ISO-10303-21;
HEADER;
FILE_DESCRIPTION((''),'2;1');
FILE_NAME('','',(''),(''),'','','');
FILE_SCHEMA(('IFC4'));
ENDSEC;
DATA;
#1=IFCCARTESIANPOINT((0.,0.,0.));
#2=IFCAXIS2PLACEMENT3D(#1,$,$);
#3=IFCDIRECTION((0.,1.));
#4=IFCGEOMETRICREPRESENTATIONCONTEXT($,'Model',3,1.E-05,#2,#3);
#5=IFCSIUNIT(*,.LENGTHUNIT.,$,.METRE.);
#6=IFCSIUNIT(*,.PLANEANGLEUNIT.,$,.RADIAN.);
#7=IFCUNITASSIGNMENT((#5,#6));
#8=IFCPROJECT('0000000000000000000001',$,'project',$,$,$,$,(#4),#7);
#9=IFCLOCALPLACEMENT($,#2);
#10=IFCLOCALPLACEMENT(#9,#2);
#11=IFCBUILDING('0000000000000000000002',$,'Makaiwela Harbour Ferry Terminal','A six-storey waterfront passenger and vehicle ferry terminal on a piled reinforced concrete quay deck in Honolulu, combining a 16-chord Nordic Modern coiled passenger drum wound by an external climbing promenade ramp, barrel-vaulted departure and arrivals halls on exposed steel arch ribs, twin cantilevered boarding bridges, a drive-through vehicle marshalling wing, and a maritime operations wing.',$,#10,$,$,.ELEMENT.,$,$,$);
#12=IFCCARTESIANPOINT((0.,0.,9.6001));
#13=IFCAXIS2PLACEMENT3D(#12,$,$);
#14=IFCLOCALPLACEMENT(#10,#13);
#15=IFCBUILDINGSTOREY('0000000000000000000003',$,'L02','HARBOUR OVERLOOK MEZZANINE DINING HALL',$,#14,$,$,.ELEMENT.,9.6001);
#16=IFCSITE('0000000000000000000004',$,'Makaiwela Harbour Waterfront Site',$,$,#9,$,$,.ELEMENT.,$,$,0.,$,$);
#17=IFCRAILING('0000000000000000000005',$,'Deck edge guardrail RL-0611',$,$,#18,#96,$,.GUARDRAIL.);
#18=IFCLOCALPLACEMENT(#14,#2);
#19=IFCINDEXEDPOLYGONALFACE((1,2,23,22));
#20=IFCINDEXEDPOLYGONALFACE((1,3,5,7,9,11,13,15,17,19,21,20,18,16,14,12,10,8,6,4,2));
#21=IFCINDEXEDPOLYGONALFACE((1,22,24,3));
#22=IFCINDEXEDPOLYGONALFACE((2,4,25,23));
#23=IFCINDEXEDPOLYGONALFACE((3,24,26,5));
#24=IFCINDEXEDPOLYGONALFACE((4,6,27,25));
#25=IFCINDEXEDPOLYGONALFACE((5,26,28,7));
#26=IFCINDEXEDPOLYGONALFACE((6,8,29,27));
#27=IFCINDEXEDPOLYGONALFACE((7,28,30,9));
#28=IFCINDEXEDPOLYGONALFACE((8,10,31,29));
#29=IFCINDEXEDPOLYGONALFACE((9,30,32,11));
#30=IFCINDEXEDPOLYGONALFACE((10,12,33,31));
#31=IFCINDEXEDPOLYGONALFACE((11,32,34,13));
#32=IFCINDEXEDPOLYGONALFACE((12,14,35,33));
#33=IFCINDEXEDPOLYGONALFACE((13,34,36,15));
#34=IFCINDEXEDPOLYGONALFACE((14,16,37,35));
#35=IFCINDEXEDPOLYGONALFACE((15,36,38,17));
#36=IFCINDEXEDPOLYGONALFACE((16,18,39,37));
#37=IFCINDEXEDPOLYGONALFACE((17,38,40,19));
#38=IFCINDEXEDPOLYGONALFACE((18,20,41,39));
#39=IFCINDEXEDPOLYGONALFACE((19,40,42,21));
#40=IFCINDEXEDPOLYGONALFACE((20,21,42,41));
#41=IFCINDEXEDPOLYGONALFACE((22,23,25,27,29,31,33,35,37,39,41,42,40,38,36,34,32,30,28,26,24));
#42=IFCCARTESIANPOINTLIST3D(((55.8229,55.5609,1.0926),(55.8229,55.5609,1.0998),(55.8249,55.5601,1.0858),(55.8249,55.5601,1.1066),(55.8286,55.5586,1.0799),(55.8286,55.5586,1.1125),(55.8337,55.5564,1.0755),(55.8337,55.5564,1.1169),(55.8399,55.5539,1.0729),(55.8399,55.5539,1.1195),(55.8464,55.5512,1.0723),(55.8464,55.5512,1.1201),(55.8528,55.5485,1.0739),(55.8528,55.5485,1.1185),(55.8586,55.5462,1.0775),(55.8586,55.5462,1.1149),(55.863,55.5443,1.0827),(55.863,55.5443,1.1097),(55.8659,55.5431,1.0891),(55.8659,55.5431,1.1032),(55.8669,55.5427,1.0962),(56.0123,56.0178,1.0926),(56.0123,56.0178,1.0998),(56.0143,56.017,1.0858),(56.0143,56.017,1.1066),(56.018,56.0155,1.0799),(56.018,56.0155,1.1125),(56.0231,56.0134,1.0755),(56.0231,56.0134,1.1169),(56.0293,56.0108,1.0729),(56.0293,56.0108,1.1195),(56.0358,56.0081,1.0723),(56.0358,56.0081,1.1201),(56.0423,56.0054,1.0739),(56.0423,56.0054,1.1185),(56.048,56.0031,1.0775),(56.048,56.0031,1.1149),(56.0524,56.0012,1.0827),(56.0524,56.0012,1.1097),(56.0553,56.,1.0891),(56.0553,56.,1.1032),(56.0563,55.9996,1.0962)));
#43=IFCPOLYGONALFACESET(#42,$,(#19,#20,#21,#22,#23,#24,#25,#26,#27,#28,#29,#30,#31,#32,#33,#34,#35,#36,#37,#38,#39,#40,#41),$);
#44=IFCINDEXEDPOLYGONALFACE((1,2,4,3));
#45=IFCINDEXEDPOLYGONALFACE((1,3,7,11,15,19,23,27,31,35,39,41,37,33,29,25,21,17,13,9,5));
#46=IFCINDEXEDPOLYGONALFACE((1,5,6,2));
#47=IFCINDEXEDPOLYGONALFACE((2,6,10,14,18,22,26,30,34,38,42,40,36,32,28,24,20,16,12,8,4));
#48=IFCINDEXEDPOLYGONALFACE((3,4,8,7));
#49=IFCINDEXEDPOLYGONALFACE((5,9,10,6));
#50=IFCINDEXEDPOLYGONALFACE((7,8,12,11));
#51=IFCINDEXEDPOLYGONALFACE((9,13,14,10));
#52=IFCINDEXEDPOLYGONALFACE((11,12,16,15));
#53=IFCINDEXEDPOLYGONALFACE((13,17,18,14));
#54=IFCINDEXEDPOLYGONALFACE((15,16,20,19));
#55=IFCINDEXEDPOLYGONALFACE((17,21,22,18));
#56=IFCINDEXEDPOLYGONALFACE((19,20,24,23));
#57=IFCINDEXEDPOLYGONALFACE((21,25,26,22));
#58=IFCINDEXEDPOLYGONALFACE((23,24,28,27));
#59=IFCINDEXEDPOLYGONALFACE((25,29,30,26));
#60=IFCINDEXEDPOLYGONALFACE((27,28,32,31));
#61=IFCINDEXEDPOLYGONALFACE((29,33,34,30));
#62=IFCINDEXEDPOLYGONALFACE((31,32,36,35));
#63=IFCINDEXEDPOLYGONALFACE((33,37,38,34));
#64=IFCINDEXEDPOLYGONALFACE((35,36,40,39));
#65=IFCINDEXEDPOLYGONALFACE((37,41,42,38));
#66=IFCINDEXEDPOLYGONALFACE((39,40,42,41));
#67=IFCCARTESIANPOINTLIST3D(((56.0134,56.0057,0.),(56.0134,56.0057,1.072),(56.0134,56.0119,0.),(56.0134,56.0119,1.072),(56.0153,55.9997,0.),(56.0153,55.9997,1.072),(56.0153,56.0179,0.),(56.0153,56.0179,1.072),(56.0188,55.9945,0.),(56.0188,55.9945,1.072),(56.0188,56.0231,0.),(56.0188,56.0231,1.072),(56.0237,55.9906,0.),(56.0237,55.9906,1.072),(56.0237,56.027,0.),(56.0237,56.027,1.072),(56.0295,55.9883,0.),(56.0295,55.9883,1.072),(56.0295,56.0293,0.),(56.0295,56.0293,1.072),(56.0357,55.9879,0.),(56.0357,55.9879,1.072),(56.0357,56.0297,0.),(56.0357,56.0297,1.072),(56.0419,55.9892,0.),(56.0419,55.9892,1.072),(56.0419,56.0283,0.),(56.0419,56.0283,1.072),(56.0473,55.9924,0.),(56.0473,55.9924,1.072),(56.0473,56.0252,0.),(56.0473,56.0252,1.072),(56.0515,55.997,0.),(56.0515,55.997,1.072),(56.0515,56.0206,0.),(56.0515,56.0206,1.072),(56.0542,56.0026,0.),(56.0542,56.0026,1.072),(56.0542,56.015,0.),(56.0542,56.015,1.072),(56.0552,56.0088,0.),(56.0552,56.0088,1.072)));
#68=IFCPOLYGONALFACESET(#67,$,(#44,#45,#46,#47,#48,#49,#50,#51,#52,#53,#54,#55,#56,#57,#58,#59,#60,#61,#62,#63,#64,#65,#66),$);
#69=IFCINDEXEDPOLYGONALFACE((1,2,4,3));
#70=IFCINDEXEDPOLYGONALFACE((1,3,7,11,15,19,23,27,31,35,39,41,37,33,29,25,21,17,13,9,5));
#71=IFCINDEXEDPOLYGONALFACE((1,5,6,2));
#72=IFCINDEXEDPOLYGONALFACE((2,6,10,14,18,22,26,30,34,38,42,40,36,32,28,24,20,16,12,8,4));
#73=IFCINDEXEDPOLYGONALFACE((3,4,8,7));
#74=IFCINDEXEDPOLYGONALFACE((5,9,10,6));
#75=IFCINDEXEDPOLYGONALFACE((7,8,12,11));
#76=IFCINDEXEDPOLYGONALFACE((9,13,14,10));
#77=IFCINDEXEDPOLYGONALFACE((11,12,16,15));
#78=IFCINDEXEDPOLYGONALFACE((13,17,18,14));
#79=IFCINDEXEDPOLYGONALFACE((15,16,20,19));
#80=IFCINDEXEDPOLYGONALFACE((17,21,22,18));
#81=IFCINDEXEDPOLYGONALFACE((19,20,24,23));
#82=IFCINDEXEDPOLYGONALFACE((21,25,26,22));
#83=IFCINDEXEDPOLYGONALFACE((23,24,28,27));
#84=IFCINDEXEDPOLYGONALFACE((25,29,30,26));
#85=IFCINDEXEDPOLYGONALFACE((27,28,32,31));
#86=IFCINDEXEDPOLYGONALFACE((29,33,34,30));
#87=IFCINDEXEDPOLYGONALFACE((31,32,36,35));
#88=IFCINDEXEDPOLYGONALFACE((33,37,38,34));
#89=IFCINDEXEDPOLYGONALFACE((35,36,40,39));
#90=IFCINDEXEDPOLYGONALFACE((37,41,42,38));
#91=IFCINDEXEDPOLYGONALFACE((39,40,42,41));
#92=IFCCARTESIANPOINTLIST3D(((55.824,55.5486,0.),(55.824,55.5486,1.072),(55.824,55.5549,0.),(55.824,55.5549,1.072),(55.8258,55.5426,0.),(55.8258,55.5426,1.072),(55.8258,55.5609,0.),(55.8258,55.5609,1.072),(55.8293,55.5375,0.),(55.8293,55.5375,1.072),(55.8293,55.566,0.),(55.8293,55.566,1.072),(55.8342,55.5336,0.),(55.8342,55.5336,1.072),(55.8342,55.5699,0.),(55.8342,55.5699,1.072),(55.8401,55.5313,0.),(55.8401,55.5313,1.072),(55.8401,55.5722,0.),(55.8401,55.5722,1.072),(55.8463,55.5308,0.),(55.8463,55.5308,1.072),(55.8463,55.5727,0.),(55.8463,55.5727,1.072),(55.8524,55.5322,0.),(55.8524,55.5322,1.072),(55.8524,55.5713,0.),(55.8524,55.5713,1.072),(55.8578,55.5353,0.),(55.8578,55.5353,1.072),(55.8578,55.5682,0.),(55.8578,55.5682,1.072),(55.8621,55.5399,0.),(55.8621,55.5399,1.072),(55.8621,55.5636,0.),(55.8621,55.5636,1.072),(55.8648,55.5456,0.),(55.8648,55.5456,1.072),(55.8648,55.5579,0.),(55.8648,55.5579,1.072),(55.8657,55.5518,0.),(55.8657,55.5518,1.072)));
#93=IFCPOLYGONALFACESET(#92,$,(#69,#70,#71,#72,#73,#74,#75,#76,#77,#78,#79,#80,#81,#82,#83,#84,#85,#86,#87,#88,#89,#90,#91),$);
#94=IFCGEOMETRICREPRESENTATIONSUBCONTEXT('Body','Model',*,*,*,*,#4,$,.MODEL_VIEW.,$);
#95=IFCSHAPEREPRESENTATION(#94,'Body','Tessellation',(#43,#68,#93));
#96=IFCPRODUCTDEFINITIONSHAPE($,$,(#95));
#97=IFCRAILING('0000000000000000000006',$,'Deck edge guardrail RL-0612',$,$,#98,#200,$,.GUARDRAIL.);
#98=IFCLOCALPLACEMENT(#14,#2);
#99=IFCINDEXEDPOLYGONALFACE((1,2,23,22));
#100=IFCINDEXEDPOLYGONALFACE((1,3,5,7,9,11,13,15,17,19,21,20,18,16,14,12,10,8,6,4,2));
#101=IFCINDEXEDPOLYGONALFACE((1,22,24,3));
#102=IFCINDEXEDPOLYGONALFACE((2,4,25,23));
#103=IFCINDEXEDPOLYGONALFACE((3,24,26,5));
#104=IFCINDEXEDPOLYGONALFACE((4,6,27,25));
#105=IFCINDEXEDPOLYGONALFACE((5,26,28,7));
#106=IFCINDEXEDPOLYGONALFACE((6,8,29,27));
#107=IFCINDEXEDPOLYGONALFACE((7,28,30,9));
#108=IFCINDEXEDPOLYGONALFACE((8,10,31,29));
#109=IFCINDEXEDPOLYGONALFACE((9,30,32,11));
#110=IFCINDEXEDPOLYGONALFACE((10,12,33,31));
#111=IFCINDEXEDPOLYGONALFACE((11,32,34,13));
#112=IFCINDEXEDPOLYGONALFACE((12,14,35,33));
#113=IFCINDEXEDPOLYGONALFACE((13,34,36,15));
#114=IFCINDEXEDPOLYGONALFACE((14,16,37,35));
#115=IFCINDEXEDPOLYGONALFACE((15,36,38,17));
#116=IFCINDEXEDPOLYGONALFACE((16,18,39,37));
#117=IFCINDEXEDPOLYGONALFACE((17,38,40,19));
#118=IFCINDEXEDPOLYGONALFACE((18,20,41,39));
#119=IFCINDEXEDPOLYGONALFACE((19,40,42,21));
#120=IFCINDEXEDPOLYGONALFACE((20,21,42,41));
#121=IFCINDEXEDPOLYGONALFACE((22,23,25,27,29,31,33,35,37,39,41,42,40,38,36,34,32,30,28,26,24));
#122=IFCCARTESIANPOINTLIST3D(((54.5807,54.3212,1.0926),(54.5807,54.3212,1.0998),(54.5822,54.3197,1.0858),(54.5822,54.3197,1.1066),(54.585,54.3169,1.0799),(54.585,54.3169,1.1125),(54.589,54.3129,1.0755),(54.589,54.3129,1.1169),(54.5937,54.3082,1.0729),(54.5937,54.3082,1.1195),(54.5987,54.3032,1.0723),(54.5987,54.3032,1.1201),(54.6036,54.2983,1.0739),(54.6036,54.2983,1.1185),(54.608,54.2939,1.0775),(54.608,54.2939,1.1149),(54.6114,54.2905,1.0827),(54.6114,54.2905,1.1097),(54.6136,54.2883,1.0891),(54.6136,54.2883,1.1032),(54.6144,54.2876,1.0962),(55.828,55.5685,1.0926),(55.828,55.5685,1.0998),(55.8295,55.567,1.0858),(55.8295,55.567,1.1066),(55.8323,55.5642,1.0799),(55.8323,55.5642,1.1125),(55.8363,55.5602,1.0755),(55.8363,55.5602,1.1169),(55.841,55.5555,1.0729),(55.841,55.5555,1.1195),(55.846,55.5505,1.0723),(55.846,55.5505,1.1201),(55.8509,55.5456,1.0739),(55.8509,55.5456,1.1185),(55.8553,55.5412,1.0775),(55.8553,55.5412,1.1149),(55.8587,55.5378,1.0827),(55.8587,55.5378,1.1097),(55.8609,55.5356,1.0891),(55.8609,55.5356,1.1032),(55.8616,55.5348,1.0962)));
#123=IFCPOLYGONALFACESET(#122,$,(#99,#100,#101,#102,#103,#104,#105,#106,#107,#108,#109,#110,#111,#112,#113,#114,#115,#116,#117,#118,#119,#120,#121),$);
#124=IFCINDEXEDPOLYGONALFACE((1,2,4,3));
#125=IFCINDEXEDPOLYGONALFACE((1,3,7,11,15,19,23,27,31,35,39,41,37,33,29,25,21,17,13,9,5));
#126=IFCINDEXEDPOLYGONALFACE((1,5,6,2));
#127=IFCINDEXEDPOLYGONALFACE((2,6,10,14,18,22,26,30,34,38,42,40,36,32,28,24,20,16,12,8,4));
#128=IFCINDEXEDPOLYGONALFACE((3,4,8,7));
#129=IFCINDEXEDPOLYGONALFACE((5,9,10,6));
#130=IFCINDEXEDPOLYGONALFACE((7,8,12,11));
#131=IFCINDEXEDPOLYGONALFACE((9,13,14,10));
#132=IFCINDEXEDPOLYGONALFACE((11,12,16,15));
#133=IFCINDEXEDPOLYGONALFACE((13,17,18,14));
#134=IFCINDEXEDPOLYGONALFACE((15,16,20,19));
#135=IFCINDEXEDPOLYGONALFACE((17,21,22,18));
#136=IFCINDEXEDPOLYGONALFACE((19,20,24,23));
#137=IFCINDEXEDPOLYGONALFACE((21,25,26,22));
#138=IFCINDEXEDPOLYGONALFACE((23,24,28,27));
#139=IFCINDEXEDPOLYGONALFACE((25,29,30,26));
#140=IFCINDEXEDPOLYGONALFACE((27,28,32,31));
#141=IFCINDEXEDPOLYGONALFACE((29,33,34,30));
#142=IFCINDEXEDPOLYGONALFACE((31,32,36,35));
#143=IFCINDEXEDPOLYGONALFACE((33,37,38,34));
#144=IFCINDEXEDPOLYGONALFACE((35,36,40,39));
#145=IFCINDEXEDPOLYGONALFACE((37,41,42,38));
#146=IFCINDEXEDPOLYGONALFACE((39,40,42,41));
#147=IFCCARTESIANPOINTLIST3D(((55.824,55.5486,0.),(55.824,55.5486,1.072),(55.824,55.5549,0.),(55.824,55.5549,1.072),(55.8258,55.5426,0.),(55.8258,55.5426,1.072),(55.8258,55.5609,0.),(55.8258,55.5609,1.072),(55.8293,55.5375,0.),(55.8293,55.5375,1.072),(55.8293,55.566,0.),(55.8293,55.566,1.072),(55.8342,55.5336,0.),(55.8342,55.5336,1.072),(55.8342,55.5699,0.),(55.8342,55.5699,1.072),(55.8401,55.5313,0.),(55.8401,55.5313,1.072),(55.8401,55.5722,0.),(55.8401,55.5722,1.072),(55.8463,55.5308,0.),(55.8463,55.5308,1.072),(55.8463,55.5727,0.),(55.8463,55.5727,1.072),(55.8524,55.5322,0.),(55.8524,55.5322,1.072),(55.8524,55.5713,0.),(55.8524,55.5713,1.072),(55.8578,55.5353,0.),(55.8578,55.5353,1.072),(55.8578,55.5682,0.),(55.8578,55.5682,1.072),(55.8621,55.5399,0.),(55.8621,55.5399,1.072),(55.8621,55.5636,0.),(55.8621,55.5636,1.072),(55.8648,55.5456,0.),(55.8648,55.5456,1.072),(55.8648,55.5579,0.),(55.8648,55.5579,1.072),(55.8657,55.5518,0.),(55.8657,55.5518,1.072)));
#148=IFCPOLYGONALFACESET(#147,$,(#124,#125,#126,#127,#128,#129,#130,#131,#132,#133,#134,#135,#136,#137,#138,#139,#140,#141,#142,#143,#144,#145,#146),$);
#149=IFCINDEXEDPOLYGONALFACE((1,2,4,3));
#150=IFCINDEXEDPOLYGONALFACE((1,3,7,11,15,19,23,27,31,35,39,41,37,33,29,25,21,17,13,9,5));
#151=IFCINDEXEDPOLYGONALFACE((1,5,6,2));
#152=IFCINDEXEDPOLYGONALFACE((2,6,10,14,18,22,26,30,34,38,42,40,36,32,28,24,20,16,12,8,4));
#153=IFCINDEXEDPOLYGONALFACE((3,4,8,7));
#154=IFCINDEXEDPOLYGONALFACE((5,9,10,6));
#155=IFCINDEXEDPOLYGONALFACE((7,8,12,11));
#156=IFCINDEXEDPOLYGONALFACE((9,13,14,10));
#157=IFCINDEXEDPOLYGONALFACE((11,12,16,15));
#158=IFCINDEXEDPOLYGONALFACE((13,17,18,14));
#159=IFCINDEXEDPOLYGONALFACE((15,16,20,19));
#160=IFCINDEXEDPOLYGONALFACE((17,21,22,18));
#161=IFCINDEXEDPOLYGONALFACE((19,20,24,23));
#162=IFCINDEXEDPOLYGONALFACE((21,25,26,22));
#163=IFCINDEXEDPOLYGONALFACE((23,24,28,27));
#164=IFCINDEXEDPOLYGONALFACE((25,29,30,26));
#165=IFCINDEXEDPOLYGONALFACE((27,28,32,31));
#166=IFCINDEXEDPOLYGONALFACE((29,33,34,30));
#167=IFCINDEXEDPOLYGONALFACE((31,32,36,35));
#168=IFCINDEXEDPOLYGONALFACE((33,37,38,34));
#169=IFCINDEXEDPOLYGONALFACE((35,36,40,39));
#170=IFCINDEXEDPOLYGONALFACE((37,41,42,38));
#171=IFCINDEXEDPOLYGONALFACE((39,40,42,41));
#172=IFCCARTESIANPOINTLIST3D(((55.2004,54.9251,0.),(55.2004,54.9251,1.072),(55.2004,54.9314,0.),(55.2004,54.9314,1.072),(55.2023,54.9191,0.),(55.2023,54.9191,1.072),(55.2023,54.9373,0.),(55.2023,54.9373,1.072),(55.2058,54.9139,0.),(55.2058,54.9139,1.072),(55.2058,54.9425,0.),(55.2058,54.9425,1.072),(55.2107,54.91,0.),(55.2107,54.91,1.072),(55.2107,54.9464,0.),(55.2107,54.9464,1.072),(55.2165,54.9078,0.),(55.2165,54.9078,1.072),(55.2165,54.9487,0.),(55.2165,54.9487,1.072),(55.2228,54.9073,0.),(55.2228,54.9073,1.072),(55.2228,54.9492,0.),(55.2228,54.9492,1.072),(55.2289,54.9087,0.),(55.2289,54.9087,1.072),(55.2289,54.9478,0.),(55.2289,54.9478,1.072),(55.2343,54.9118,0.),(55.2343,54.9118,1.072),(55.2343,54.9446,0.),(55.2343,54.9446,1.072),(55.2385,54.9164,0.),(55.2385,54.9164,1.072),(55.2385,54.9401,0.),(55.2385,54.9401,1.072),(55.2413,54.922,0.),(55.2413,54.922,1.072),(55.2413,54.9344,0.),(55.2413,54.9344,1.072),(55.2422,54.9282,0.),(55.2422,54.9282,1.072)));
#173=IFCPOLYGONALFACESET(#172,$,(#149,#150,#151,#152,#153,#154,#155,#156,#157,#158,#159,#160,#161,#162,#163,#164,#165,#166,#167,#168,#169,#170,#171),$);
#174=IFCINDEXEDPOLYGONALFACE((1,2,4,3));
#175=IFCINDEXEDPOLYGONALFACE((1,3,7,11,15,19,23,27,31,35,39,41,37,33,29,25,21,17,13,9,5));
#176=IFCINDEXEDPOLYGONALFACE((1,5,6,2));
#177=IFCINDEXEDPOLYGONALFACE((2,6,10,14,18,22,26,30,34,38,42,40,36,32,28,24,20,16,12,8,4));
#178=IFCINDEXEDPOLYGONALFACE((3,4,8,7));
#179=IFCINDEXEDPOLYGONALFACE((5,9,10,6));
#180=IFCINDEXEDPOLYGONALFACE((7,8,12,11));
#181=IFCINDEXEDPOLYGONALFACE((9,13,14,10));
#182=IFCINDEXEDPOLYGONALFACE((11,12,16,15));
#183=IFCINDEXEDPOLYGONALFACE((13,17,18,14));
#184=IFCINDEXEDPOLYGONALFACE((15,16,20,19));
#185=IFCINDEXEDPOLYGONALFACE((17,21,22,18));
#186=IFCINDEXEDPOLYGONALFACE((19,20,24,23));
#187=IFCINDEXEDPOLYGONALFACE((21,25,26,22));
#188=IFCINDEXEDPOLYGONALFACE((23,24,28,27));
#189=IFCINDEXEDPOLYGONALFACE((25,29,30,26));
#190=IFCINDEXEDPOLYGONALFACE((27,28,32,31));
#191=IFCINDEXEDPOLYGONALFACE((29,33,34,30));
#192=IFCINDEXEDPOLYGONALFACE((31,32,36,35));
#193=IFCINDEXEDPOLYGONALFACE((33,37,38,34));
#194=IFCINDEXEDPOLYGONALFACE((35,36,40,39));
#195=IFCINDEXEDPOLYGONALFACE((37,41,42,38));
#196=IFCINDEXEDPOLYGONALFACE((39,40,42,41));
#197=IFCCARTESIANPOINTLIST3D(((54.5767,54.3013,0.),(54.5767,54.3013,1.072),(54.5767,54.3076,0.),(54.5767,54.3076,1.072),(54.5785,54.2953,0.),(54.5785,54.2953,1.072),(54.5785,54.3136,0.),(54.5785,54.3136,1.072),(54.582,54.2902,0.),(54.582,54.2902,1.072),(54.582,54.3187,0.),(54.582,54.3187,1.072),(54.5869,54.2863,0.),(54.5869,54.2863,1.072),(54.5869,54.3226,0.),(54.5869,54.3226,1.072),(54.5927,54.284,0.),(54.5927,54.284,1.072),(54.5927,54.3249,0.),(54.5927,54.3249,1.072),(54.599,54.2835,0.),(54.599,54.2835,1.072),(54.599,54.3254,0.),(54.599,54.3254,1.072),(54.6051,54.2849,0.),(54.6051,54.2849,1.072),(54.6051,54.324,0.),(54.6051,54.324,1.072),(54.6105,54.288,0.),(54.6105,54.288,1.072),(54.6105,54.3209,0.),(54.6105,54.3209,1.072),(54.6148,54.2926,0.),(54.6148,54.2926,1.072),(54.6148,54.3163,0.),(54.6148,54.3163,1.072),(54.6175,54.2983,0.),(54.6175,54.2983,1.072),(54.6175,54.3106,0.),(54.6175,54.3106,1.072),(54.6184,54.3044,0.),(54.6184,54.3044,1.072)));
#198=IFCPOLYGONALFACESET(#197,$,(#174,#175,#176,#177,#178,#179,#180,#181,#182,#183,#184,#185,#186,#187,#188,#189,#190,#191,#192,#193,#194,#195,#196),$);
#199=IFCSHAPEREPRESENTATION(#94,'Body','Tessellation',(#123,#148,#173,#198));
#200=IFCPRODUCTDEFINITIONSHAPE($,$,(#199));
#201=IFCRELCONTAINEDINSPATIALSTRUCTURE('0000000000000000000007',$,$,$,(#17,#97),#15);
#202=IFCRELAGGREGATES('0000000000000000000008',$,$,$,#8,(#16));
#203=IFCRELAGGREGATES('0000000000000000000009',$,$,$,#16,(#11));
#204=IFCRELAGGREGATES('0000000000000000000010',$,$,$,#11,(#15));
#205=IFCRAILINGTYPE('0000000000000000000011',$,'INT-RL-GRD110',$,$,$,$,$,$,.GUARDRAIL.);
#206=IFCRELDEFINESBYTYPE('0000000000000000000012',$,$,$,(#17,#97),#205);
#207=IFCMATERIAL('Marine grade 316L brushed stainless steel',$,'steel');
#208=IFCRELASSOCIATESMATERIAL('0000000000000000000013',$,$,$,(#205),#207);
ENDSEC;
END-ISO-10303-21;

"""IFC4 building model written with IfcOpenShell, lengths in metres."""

from ifc_helpers import new_model, si_unit, direction, frame, origin, origin_2d, place, context, subcontext, project, spatial, circle, extrude, material, type_object, element, save


model = new_model("IFC4")

# Units and contexts
model_context = context("Model", 3, precision=1e-05, world=origin(), true_north=direction((0.0, 1.0)))
body_context = subcontext(model_context, "Body", "Model", "MODEL_VIEW")
ifc_project = project(units=[si_unit("LENGTHUNIT", "METRE"), si_unit("PLANEANGLEUNIT", "RADIAN")], contexts=[model_context])

# Site, building, storey
site_placement = place(None, origin())
site = spatial("IfcSite", under=ifc_project, at=site_placement, Name="Makaiwela Harbour Waterfront Site", CompositionType="ELEMENT", RefElevation=0.0)
building_placement = place(site_placement, origin())
building = spatial("IfcBuilding", under=site, at=building_placement, Name="Makaiwela Harbour Ferry Terminal", Description="A six-storey waterfront passenger and vehicle ferry terminal on a piled reinforced concrete quay deck in Honolulu, combining a 16-chord Nordic Modern coiled passenger drum wound by an external climbing promenade ramp, barrel-vaulted departure and arrivals halls on exposed steel arch ribs, twin cantilevered boarding bridges, a drive-through vehicle marshalling wing, and a maritime operations wing.", CompositionType="ELEMENT")
storey_placement = place(building_placement, frame((0.0, 0.0, 9.6001)))
storey = spatial("IfcBuildingStorey", under=building, at=storey_placement, Name="L02", Description="HARBOUR OVERLOOK MEZZANINE DINING HALL", CompositionType="ELEMENT", Elevation=9.6001)

# Railings
ifc_material_1 = material(Name="Marine grade 316L brushed stainless steel", Category="steel")
railing_type = type_object("IfcRailingType", Name="INT-RL-GRD110", PredefinedType="GUARDRAIL", material=ifc_material_1)
railing_1_placement = place(storey_placement, frame((56.0342, 56.0088, 0.0)))
element("IfcRailing", 1, at=railing_1_placement, inside=storey, type_object=railing_type, Name="Deck edge guardrail RL-0611", PredefinedType="GUARDRAIL", context=body_context, shape_type="SweptSolid", body=[
    extrude(circle(Radius=0.0239, at=origin_2d()), frame((0.0, 0.0, 1.0962), z_axis=(-0.382933, -0.923776, 0.0), x_axis=(0.923776, -0.382933, 0.0)), (0.0, 0.0, 1.0), 0.4946),
    extrude(circle(Radius=0.021, at=origin_2d()), origin(), (0.0, 0.0, 1.0), 1.072),
    extrude(circle(Radius=0.021, at=origin_2d()), frame((-0.1895, -0.457, 0.0)), (0.0, 0.0, 1.0), 1.072),
])
railing_2_placement = place(storey_placement, frame((55.8447, 55.5518, 0.0)))
element("IfcRailing", 2, at=railing_2_placement, inside=storey, type_object=railing_type, Name="Deck edge guardrail RL-0612", PredefinedType="GUARDRAIL", context=body_context, shape_type="SweptSolid", body=[
    extrude(circle(Radius=0.0239, at=origin_2d()), frame((0.0, 0.0, 1.0962), z_axis=(-0.707107, -0.707107, 0.0), x_axis=(0.707107, -0.707107, 0.0)), (0.0, 0.0, 1.0), 1.7639),
    extrude(circle(Radius=0.021, at=origin_2d()), origin(), (0.0, 0.0, 1.0), 1.072),
    extrude(circle(Radius=0.021, at=origin_2d()), frame((-0.6235, -0.6235, 0.0)), (0.0, 0.0, 1.0), 1.072),
    extrude(circle(Radius=0.021, at=origin_2d()), frame((-1.2473, -1.2473, 0.0)), (0.0, 0.0, 1.0), 1.072),
])

save(model, "model.ifc")
